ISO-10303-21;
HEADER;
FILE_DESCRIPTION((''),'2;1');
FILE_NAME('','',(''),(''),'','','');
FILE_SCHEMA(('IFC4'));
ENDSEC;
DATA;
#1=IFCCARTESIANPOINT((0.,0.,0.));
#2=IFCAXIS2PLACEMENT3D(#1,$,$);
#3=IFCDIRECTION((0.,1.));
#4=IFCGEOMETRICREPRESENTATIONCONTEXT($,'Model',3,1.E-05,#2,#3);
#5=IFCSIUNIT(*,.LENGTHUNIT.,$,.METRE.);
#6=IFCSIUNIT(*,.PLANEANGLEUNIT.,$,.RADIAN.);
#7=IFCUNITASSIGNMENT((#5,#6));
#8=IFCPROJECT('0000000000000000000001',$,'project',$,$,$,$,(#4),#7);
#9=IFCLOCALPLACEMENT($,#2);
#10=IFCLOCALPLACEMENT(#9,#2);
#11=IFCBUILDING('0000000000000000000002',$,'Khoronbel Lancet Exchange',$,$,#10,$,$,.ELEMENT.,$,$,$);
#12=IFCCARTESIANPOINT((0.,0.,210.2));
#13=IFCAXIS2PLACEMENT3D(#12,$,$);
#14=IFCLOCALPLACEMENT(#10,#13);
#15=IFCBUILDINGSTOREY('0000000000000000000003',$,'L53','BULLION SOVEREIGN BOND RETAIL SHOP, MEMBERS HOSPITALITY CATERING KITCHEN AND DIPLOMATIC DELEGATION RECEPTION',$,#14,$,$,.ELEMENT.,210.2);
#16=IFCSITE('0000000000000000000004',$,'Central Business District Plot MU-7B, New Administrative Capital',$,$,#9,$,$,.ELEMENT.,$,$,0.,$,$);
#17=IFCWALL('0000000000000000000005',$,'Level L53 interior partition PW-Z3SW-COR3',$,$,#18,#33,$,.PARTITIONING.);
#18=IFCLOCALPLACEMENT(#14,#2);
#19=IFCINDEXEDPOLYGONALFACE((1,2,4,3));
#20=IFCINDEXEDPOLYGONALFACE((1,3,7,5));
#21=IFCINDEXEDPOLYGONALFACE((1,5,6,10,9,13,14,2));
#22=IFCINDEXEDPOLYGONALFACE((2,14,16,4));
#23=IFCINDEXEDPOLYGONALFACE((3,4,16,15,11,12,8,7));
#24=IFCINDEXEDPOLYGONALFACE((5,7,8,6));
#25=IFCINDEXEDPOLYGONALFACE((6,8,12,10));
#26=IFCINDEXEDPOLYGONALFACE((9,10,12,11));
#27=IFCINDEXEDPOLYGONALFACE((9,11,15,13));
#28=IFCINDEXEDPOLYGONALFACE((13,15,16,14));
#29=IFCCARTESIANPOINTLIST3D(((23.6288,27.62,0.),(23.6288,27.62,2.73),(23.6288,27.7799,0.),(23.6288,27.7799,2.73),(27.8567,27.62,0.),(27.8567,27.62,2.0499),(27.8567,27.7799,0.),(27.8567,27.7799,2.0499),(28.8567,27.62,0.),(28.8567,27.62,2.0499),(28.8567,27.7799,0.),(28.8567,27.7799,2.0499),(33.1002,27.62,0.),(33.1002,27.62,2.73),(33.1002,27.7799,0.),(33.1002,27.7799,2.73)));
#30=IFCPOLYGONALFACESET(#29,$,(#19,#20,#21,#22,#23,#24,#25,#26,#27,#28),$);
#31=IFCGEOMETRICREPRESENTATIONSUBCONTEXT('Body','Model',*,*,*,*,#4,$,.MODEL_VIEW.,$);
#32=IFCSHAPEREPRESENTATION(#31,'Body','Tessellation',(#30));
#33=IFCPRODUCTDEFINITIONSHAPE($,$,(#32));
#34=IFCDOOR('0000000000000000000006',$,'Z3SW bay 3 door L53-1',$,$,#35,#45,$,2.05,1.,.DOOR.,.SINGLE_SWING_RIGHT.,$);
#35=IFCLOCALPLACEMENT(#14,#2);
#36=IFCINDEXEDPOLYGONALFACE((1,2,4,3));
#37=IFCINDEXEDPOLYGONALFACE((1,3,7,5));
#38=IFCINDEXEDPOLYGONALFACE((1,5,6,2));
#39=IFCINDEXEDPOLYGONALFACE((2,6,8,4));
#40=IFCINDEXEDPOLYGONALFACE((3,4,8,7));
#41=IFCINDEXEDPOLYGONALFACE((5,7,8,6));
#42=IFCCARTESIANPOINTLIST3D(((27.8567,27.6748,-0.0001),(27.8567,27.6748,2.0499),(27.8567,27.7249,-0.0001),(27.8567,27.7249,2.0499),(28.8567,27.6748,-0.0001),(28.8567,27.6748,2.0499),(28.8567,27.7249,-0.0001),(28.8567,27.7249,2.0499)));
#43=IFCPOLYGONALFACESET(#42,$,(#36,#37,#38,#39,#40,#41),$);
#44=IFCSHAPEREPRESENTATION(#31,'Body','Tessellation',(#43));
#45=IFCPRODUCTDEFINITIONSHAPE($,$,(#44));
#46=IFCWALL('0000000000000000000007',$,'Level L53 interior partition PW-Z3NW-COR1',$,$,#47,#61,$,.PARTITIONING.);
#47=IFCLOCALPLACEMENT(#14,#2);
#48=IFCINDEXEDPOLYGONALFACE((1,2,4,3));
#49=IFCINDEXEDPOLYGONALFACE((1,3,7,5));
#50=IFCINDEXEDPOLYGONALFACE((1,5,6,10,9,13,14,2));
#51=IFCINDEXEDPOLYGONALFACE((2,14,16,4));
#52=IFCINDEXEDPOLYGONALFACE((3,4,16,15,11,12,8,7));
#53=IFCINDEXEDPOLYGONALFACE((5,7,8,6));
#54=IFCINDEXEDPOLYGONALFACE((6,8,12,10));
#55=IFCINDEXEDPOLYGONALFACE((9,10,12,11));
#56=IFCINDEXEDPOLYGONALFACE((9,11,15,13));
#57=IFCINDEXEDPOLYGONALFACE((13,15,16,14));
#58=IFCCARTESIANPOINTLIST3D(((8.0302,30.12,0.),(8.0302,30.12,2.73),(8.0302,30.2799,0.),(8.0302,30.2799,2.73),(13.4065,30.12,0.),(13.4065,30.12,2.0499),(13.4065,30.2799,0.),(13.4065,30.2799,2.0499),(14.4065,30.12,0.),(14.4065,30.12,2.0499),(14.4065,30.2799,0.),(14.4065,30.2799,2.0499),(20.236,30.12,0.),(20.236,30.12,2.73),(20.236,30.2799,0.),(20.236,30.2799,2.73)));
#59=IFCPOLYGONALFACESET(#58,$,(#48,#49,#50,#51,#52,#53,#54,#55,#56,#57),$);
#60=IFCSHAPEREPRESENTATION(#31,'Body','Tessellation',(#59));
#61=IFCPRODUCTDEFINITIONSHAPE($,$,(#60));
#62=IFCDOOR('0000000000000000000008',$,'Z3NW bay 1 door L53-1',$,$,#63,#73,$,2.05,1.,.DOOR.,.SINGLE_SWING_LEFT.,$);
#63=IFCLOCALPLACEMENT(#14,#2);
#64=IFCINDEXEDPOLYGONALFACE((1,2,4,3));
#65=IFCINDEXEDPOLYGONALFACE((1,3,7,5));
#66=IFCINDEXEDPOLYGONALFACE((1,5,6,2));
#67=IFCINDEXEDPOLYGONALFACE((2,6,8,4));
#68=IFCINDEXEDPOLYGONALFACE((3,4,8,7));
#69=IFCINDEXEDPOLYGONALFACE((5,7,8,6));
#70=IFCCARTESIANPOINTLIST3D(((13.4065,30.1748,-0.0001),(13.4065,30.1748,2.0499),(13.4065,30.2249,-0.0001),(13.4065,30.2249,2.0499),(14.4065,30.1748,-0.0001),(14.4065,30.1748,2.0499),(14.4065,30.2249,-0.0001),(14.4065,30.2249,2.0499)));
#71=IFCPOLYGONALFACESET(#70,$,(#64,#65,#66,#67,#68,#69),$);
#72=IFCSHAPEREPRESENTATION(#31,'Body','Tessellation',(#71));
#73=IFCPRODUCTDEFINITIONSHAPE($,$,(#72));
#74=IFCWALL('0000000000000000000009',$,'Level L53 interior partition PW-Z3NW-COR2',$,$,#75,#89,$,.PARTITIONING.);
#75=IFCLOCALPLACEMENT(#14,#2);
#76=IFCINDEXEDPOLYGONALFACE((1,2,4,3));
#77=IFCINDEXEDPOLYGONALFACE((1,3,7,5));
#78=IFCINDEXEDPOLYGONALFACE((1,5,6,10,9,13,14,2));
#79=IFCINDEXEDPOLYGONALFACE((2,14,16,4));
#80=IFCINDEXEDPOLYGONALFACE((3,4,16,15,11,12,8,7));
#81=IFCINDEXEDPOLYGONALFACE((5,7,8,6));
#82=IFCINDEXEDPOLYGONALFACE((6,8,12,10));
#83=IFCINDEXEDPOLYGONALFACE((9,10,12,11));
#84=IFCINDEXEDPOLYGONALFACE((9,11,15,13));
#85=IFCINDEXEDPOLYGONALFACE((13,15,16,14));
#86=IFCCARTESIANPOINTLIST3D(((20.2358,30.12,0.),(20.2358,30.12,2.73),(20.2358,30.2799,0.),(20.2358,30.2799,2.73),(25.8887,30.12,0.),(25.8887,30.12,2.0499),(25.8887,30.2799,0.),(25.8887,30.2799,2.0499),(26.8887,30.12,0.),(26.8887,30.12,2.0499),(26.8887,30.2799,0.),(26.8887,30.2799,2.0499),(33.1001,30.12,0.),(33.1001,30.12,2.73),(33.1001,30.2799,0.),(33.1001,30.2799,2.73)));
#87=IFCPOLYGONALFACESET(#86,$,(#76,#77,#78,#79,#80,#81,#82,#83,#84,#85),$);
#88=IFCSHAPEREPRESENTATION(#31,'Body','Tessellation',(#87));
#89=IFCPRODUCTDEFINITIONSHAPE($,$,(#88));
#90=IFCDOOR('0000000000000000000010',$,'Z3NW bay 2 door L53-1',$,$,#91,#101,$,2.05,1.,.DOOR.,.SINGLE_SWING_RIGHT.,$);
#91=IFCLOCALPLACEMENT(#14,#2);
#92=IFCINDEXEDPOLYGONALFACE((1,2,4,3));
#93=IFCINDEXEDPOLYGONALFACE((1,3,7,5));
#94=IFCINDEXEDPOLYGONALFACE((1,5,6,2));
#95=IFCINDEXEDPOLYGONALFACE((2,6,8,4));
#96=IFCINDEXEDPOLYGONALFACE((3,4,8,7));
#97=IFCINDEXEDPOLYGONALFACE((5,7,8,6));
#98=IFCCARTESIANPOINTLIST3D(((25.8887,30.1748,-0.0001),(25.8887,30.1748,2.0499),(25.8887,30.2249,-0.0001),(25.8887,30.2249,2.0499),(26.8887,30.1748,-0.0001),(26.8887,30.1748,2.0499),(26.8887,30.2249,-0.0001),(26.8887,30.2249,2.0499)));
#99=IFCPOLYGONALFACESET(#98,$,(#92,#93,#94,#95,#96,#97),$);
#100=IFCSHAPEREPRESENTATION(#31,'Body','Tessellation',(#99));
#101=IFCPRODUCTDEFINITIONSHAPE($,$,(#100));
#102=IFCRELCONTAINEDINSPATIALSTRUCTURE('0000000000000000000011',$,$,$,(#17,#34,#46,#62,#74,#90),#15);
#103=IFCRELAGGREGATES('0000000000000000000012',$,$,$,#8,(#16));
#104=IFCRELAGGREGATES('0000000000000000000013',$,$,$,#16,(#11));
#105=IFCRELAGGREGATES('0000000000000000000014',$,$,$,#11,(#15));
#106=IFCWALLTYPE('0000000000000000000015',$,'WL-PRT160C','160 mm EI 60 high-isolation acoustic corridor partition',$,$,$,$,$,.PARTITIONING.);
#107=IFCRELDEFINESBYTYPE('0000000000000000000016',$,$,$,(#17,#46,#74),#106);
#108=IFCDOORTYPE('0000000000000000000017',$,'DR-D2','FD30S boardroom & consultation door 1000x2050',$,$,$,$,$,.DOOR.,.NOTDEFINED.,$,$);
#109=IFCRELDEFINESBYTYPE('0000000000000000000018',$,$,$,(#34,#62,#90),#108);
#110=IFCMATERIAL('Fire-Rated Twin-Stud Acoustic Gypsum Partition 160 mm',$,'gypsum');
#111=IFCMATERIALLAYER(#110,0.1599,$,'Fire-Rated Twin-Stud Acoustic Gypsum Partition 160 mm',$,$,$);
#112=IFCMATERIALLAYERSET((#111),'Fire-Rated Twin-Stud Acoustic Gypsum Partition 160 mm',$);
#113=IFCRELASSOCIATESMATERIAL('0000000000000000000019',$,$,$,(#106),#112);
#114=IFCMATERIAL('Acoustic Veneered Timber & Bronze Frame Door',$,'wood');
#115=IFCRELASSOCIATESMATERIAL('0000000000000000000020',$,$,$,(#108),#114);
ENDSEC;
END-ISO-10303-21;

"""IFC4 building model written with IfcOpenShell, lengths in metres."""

from ifc_helpers import new_model, si_unit, direction, frame, frame_2d, origin, place, context, subcontext, project, spatial, rectangle, extrude, material, layer, layer_set, type_object, element, fill, save


model = new_model("IFC4")

# Units and contexts
model_context = context("Model", 3, precision=1e-05, world=origin(), true_north=direction((0.0, 1.0)))
body_context = subcontext(model_context, "Body", "Model", "MODEL_VIEW")
ifc_project = project(units=[si_unit("LENGTHUNIT", "METRE"), si_unit("PLANEANGLEUNIT", "RADIAN")], contexts=[model_context])

# Site, building, storey
site_placement = place(None, origin())
site = spatial("IfcSite", under=ifc_project, at=site_placement, Name="Central Business District Plot MU-7B, New Administrative Capital", CompositionType="ELEMENT", RefElevation=0.0)
building_placement = place(site_placement, origin())
building = spatial("IfcBuilding", under=site, at=building_placement, Name="Khoronbel Lancet Exchange", CompositionType="ELEMENT")
storey_placement = place(building_placement, frame((0.0, 0.0, 210.2)))
storey = spatial("IfcBuildingStorey", under=building, at=storey_placement, Name="L53", Description="BULLION SOVEREIGN BOND RETAIL SHOP, MEMBERS HOSPITALITY CATERING KITCHEN AND DIPLOMATIC DELEGATION RECEPTION", CompositionType="ELEMENT", Elevation=210.2)

# Walls, openings, doors
ifc_material_1 = material(Name="Fire-Rated Twin-Stud Acoustic Gypsum Partition 160 mm", Category="gypsum")
ifc_layer_1 = layer(ifc_material_1, 0.1599, Name="Fire-Rated Twin-Stud Acoustic Gypsum Partition 160 mm")
ifc_layer_set_1 = layer_set([ifc_layer_1], Name="Fire-Rated Twin-Stud Acoustic Gypsum Partition 160 mm")
wall_type_1 = type_object("IfcWallType", Name="WL-PRT160C", Description="160 mm EI 60 high-isolation acoustic corridor partition", PredefinedType="PARTITIONING", material=ifc_layer_set_1)
ifc_material_2 = material(Name="Acoustic Veneered Timber & Bronze Frame Door", Category="wood")
door_type_1 = type_object("IfcDoorType", Name="DR-D2", Description="FD30S boardroom & consultation door 1000x2050", OperationType="NOTDEFINED", PredefinedType="DOOR", material=ifc_material_2)
wall_1_placement = place(storey_placement, frame((23.6287, 27.7, 0.0), z_axis=(0.0, 0.0, 1.0), x_axis=(1.0, 0.0, 0.0)))
wall_1 = element("IfcWall", 1, at=wall_1_placement, inside=storey, type_object=wall_type_1, Name="Level L53 interior partition PW-Z3SW-COR3", PredefinedType="PARTITIONING", context=body_context, shape_type="SweptSolid", body=[
    extrude(rectangle(XDim=9.4714, YDim=0.1599, at=frame_2d((4.7358, 0.0))), origin(), (0.0, 0.0, 1.0), 2.73),
])
opening_1_placement = place(wall_1_placement, frame((4.228, 0.0, 0.0)))
opening_1 = element("IfcOpeningElement", 2, at=opening_1_placement, cuts=wall_1, PredefinedType="OPENING", context=body_context, shape_type="SweptSolid", body=[
    extrude(rectangle(XDim=1.0, YDim=2.05, at=frame_2d((0.5, 1.0249))), frame((0.0, 0.0898, 0.0), z_axis=(0.0, -1.0, 0.0), x_axis=(1.0, 0.0, 0.0)), (0.0, 0.0, 1.0), 0.1799),
])
door_1_placement = place(opening_1_placement, origin())
door_1 = element("IfcDoor", 3, at=door_1_placement, inside=storey, type_object=door_type_1, Name="Z3SW bay 3 door L53-1", OperationType="SINGLE_SWING_RIGHT", OverallHeight=2.05, OverallWidth=1.0, PredefinedType="DOOR", context=body_context, shape_type="SweptSolid", body=[
    extrude(rectangle(XDim=1.0, YDim=2.05, at=frame_2d((0.5, 1.0249))), frame((0.0, 0.0249, 0.0), z_axis=(0.0, -1.0, 0.0), x_axis=(1.0, 0.0, 0.0)), (0.0, 0.0, 1.0), 0.05),
])
fill(opening_1, door_1)
wall_2_placement = place(storey_placement, frame((8.03, 30.2, 0.0), z_axis=(0.0, 0.0, 1.0), x_axis=(1.0, 0.0, 0.0)))
wall_2 = element("IfcWall", 4, at=wall_2_placement, inside=storey, type_object=wall_type_1, Name="Level L53 interior partition PW-Z3NW-COR1", PredefinedType="PARTITIONING", context=body_context, shape_type="SweptSolid", body=[
    extrude(rectangle(XDim=12.2058, YDim=0.1599, at=frame_2d((6.103, 0.0))), origin(), (0.0, 0.0, 1.0), 2.73),
])
opening_2_placement = place(wall_2_placement, frame((5.3765, 0.0, 0.0)))
opening_2 = element("IfcOpeningElement", 5, at=opening_2_placement, cuts=wall_2, PredefinedType="OPENING", context=body_context, shape_type="SweptSolid", body=[
    extrude(rectangle(XDim=1.0, YDim=2.05, at=frame_2d((0.5, 1.0249))), frame((0.0, 0.0898, 0.0), z_axis=(0.0, -1.0, 0.0), x_axis=(1.0, 0.0, 0.0)), (0.0, 0.0, 1.0), 0.1799),
])
door_2_placement = place(opening_2_placement, origin())
door_2 = element("IfcDoor", 6, at=door_2_placement, inside=storey, type_object=door_type_1, Name="Z3NW bay 1 door L53-1", OperationType="SINGLE_SWING_LEFT", OverallHeight=2.05, OverallWidth=1.0, PredefinedType="DOOR", context=body_context, shape_type="SweptSolid", body=[
    extrude(rectangle(XDim=1.0, YDim=2.05, at=frame_2d((0.5, 1.0249))), frame((0.0, 0.0249, 0.0), z_axis=(0.0, -1.0, 0.0), x_axis=(1.0, 0.0, 0.0)), (0.0, 0.0, 1.0), 0.05),
])
fill(opening_2, door_2)
wall_3_placement = place(storey_placement, frame((20.2358, 30.2, 0.0), z_axis=(0.0, 0.0, 1.0), x_axis=(1.0, 0.0, 0.0)))
wall_3 = element("IfcWall", 7, at=wall_3_placement, inside=storey, type_object=wall_type_1, Name="Level L53 interior partition PW-Z3NW-COR2", PredefinedType="PARTITIONING", context=body_context, shape_type="SweptSolid", body=[
    extrude(rectangle(XDim=12.8643, YDim=0.1599, at=frame_2d((6.4321, 0.0))), origin(), (0.0, 0.0, 1.0), 2.73),
])
opening_3_placement = place(wall_3_placement, frame((5.6528, 0.0, 0.0)))
opening_3 = element("IfcOpeningElement", 8, at=opening_3_placement, cuts=wall_3, PredefinedType="OPENING", context=body_context, shape_type="SweptSolid", body=[
    extrude(rectangle(XDim=1.0, YDim=2.05, at=frame_2d((0.5, 1.0249))), frame((0.0, 0.0898, 0.0), z_axis=(0.0, -1.0, 0.0), x_axis=(1.0, 0.0, 0.0)), (0.0, 0.0, 1.0), 0.1799),
])
door_3_placement = place(opening_3_placement, origin())
door_3 = element("IfcDoor", 9, at=door_3_placement, inside=storey, type_object=door_type_1, Name="Z3NW bay 2 door L53-1", OperationType="SINGLE_SWING_RIGHT", OverallHeight=2.05, OverallWidth=1.0, PredefinedType="DOOR", context=body_context, shape_type="SweptSolid", body=[
    extrude(rectangle(XDim=1.0, YDim=2.05, at=frame_2d((0.5, 1.0249))), frame((0.0, 0.0249, 0.0), z_axis=(0.0, -1.0, 0.0), x_axis=(1.0, 0.0, 0.0)), (0.0, 0.0, 1.0), 0.05),
])
fill(opening_3, door_3)

save(model, "model.ifc")
